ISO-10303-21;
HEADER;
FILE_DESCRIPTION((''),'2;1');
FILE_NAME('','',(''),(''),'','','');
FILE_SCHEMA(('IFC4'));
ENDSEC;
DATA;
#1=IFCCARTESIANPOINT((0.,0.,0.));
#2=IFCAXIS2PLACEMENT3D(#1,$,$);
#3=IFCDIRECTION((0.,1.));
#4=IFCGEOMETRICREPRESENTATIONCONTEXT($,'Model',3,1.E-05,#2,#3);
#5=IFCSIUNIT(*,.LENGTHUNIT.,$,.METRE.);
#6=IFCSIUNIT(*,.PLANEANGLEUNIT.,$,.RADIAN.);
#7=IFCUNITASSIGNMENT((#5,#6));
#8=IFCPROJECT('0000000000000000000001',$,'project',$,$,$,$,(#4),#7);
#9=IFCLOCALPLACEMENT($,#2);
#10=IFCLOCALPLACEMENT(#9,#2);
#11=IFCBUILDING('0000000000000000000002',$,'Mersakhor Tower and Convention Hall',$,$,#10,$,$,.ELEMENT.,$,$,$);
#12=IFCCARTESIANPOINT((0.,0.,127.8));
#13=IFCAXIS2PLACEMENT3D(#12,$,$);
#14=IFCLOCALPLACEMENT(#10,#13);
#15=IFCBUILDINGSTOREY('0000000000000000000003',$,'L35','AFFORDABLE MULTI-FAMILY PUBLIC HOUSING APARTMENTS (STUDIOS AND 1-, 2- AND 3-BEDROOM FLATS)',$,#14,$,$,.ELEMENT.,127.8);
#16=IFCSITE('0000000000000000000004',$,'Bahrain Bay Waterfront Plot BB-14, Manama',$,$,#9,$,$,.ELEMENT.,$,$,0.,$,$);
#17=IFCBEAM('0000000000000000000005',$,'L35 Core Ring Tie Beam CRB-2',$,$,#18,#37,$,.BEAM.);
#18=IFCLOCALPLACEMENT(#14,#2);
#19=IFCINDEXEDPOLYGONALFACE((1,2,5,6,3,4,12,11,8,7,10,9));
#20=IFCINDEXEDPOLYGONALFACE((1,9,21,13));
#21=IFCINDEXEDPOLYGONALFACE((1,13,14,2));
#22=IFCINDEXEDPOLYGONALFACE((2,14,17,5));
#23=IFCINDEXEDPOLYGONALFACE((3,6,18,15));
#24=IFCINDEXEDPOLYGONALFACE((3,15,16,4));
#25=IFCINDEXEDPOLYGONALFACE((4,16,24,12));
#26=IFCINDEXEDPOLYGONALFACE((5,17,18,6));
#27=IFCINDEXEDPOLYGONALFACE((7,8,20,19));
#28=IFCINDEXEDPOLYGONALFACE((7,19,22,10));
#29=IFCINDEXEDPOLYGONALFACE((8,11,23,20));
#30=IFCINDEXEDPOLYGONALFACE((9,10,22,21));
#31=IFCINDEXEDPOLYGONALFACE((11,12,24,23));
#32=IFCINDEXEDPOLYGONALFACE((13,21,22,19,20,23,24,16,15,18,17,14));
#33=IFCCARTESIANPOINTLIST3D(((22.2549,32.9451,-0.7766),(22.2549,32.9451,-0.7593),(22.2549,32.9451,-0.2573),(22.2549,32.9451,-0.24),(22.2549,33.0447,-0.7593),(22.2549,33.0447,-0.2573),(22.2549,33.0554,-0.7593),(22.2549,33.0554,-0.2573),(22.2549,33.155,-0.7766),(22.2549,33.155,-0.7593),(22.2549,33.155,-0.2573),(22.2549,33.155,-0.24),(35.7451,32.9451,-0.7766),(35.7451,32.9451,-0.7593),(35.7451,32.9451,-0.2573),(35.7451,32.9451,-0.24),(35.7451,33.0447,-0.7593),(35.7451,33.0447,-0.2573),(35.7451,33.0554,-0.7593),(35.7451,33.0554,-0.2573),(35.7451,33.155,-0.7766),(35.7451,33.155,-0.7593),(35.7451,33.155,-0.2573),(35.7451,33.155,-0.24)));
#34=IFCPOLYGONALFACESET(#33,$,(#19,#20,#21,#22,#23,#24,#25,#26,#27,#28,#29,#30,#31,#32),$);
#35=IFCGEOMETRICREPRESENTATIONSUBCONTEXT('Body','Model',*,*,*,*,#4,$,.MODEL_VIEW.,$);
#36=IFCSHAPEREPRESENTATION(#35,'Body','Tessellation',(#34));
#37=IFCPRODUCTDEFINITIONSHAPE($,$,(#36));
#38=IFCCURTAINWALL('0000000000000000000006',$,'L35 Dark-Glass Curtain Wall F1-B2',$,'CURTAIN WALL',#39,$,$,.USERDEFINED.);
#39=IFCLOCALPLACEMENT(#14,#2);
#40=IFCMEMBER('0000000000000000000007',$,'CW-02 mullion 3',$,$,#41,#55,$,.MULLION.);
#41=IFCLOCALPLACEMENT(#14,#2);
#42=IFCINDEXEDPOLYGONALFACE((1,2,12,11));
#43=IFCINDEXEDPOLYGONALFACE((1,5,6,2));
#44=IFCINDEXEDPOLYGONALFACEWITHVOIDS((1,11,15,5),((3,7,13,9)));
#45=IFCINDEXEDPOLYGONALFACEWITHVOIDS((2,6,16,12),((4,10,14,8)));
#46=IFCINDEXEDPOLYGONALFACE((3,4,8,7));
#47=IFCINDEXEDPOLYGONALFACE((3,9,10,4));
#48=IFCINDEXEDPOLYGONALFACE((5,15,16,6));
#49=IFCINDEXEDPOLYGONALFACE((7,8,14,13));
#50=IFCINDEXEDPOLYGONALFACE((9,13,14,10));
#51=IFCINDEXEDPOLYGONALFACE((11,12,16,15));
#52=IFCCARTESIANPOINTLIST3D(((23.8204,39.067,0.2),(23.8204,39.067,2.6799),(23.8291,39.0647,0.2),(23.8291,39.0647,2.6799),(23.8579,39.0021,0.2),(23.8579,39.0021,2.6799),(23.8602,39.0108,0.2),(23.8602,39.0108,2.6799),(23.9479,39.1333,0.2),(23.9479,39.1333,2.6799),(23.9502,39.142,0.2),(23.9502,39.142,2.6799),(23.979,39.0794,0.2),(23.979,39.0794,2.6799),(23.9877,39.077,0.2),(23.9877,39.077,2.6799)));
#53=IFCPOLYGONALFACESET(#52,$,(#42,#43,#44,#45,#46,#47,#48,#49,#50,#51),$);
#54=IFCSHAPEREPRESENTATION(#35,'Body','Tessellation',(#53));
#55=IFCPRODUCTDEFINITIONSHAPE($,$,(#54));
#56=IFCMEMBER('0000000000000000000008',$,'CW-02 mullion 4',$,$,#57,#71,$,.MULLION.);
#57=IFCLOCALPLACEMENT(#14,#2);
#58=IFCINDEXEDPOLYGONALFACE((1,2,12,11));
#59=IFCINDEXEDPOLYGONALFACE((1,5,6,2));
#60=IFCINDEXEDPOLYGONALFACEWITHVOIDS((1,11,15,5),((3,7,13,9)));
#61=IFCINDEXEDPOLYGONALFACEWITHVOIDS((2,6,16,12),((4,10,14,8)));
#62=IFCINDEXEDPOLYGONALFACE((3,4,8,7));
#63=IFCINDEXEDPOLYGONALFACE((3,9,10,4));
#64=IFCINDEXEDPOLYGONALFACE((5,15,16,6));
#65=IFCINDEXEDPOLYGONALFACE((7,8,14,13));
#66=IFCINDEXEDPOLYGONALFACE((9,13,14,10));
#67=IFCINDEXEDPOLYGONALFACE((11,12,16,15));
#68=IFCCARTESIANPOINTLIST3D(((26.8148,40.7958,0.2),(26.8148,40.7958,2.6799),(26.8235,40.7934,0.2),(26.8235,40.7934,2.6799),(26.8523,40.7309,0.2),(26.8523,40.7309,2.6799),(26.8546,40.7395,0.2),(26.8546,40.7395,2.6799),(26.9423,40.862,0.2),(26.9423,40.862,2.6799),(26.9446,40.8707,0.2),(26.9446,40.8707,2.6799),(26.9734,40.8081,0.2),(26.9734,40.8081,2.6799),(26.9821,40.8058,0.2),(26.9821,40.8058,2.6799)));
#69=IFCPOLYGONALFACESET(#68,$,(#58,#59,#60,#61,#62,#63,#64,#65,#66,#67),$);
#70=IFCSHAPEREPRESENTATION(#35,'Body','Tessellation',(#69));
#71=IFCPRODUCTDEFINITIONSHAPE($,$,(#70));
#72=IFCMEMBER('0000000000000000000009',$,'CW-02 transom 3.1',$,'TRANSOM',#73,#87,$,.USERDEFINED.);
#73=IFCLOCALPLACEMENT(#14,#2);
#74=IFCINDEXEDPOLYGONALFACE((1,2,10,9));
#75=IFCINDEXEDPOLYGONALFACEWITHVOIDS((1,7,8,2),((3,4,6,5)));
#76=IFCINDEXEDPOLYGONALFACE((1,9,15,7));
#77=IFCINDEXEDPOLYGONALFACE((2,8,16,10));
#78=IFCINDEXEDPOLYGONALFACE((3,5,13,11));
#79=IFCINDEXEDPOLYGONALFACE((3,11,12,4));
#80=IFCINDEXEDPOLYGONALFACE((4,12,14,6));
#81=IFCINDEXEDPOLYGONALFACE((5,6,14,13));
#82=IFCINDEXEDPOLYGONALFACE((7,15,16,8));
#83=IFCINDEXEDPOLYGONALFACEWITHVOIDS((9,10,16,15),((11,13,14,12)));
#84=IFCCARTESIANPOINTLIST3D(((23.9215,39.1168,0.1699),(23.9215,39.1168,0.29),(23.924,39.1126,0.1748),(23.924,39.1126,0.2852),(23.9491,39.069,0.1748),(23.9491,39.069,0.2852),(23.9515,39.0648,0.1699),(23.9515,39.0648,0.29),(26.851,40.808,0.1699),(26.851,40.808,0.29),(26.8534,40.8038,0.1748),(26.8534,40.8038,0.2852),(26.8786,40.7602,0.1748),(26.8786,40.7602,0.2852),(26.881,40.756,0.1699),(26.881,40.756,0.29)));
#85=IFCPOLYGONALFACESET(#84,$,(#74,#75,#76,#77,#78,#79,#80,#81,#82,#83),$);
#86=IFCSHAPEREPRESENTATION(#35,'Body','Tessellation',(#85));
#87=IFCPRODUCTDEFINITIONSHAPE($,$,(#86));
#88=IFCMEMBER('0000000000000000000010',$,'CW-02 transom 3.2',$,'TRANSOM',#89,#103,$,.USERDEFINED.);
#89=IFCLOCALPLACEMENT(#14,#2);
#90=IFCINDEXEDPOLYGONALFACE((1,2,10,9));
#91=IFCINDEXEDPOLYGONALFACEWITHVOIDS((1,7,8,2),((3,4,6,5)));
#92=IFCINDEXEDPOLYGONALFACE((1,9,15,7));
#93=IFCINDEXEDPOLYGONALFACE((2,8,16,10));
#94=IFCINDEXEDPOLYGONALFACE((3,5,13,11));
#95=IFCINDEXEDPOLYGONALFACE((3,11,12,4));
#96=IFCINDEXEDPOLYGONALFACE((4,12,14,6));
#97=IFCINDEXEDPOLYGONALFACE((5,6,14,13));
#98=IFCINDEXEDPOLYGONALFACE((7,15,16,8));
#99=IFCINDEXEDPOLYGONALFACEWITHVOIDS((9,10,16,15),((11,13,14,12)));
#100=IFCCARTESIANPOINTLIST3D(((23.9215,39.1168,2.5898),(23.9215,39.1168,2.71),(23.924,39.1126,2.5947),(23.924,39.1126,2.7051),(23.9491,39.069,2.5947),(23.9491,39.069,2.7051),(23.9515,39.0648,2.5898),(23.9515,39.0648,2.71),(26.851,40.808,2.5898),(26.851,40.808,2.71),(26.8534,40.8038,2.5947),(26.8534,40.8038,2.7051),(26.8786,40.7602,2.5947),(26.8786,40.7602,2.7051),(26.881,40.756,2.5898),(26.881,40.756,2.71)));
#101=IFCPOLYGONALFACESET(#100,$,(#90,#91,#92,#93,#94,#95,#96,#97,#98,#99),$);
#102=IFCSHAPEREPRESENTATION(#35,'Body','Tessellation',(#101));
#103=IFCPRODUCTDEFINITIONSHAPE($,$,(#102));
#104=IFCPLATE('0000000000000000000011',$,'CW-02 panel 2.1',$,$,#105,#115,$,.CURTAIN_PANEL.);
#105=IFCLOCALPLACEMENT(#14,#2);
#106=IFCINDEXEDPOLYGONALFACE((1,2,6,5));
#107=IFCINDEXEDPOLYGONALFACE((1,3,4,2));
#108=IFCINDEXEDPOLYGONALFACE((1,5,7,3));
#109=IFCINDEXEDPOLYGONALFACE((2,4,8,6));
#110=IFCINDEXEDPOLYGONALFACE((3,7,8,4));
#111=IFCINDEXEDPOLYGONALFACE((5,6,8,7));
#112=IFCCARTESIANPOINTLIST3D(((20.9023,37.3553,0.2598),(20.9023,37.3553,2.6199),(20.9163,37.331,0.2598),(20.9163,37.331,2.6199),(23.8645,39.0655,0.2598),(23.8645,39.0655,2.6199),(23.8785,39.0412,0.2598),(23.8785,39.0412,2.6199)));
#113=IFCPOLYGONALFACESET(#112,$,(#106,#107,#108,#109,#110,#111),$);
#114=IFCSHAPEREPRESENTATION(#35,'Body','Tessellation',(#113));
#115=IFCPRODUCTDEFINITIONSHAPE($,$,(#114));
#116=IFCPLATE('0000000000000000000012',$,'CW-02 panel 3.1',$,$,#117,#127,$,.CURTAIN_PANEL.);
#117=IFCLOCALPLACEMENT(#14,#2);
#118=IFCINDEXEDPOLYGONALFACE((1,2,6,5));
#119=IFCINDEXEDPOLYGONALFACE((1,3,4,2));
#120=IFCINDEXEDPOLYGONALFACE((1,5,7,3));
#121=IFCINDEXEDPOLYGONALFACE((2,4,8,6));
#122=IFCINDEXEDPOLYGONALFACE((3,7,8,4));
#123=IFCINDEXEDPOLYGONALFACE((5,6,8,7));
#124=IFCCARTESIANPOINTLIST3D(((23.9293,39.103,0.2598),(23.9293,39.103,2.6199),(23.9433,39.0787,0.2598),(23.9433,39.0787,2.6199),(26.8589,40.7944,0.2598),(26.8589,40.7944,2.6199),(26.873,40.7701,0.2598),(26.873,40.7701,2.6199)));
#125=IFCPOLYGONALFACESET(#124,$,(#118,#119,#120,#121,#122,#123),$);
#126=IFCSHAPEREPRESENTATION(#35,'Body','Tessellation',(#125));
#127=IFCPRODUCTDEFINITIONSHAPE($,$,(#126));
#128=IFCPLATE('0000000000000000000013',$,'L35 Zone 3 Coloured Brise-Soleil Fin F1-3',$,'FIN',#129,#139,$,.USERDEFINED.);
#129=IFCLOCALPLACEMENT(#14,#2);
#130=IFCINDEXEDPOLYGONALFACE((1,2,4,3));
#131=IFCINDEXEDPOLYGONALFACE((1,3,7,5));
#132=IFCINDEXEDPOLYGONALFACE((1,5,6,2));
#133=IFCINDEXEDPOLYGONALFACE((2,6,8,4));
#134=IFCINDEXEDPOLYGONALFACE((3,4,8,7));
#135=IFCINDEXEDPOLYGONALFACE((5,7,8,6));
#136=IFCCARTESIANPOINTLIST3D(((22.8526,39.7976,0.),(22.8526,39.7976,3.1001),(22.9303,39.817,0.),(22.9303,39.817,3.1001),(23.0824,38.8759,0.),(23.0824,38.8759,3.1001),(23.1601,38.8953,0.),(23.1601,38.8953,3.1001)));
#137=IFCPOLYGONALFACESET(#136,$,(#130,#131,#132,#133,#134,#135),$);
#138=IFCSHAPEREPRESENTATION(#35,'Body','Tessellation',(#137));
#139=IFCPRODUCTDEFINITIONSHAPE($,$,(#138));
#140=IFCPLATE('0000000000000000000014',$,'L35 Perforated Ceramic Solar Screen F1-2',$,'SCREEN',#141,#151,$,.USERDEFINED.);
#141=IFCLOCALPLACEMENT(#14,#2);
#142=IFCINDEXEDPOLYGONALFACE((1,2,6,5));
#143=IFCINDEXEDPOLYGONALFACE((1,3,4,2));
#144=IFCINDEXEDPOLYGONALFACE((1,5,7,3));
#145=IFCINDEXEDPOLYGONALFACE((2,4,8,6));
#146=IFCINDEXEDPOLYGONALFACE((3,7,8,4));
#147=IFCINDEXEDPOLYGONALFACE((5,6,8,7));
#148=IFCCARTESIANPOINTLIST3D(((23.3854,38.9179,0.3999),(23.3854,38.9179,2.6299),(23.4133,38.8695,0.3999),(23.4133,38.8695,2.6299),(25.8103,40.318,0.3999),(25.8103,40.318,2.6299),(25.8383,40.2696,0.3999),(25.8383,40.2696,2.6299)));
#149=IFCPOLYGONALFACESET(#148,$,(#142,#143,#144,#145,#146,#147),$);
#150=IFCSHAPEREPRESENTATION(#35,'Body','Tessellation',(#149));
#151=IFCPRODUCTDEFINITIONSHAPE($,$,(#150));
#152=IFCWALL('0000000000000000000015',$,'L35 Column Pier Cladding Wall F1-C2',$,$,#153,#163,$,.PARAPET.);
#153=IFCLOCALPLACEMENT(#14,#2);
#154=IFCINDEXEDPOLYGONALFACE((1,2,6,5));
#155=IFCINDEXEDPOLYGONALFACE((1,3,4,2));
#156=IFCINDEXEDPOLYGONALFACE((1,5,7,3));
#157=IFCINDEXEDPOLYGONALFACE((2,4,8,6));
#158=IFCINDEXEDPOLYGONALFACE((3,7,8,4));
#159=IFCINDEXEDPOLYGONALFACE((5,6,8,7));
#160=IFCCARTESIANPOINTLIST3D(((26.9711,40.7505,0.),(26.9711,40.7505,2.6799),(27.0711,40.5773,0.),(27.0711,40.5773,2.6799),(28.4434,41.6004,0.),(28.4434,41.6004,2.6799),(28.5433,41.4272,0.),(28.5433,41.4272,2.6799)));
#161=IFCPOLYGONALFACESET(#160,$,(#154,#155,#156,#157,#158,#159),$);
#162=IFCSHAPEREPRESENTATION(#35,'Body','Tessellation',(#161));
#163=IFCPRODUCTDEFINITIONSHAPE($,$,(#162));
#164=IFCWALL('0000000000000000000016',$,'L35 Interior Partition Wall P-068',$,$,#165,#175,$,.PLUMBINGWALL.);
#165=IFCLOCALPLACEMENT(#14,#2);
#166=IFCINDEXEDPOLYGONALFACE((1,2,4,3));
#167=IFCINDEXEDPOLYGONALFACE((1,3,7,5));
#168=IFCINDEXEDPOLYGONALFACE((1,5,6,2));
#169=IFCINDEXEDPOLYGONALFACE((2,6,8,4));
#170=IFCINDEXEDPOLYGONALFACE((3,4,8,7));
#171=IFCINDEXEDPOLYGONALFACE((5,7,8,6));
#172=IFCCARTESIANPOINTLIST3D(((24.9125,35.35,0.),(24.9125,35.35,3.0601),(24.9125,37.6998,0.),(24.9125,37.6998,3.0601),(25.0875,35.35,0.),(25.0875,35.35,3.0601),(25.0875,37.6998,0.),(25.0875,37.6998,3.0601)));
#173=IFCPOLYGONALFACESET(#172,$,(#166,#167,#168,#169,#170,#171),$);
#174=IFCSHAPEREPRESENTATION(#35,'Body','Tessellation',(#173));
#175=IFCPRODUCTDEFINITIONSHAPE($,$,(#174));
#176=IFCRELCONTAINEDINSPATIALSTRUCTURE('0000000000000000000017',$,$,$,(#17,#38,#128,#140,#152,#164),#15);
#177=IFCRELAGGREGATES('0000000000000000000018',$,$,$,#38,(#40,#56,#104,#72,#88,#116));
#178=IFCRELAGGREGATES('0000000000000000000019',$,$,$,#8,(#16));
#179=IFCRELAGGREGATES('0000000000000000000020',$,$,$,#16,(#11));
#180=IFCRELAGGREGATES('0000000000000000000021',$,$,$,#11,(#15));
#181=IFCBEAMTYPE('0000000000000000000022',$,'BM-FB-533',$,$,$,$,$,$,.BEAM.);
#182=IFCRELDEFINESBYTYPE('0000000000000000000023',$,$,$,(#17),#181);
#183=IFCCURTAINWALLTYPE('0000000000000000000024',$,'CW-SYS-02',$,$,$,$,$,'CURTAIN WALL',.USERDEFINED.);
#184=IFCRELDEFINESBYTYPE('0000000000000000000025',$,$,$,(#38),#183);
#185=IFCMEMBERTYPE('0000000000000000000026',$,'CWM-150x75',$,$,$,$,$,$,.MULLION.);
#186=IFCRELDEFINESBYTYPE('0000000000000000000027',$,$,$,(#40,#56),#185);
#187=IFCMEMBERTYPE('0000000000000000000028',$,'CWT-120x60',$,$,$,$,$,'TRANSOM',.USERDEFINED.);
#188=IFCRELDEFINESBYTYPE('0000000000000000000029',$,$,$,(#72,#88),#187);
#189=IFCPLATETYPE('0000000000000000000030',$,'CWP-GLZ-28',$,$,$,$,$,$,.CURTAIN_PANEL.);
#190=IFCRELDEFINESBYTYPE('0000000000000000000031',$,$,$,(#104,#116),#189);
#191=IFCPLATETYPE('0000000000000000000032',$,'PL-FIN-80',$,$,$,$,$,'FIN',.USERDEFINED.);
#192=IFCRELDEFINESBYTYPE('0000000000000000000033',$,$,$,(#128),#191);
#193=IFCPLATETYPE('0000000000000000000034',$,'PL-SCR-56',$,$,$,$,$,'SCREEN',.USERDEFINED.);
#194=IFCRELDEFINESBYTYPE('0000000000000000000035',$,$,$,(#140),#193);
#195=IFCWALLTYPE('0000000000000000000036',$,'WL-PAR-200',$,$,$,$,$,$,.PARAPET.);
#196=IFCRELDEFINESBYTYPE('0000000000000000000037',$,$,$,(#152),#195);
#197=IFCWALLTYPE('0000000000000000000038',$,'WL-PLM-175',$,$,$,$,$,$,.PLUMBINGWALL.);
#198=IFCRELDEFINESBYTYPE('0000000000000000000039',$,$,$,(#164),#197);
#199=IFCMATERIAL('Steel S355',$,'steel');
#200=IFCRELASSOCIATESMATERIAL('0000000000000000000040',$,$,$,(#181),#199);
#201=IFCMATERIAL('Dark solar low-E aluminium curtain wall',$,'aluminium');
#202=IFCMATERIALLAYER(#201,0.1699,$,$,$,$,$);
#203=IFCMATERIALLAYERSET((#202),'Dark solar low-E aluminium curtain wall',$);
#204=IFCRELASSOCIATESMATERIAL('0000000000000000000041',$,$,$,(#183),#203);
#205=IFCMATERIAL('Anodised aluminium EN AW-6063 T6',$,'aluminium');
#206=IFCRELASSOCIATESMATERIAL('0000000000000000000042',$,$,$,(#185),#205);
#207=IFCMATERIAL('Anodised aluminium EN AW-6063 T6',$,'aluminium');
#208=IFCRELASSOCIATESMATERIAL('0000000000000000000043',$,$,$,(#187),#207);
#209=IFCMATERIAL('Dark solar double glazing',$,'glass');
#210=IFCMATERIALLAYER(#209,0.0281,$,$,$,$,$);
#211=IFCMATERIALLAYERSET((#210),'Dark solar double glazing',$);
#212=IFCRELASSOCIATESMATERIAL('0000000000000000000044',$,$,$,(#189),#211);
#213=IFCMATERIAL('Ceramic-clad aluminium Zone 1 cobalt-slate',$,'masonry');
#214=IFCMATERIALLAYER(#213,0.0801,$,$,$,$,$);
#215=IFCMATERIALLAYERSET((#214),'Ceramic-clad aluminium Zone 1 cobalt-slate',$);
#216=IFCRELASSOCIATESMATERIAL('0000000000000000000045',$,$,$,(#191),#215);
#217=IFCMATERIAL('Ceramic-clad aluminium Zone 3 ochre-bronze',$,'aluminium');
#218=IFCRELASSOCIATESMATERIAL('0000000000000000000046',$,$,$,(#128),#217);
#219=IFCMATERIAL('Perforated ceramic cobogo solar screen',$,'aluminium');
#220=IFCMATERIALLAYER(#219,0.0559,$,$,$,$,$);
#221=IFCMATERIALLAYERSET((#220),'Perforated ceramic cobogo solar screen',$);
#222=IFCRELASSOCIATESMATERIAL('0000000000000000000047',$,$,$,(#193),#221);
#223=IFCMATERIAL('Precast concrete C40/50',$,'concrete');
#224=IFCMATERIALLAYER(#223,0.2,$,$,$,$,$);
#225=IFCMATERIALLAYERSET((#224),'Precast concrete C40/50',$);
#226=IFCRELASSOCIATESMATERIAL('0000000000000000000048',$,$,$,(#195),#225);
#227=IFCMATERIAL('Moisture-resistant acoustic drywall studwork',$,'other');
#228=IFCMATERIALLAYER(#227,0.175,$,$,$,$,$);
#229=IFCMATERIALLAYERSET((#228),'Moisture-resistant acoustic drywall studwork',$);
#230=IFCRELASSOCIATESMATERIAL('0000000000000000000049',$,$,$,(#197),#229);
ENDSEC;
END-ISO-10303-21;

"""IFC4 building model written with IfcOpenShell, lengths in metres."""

from ifc_helpers import new_model, si_unit, direction, frame, frame_2d, origin, origin_2d, place, context, subcontext, project, spatial, rectangle, hollow_rectangle, i_section, extrude, material, layer, layer_set, material_profile, profile_set, type_object, element, aggregate, save


model = new_model("IFC4")

# Units and contexts
model_context = context("Model", 3, precision=1e-05, world=origin(), true_north=direction((0.0, 1.0)))
body_context = subcontext(model_context, "Body", "Model", "MODEL_VIEW")
ifc_project = project(units=[si_unit("LENGTHUNIT", "METRE"), si_unit("PLANEANGLEUNIT", "RADIAN")], contexts=[model_context])

# Site, building, storey
site_placement = place(None, origin())
site = spatial("IfcSite", under=ifc_project, at=site_placement, Name="Bahrain Bay Waterfront Plot BB-14, Manama", CompositionType="ELEMENT", RefElevation=0.0)
building_placement = place(site_placement, origin())
building = spatial("IfcBuilding", under=site, at=building_placement, Name="Mersakhor Tower and Convention Hall", CompositionType="ELEMENT")
storey_placement = place(building_placement, frame((0.0, 0.0, 127.8)))
storey = spatial("IfcBuildingStorey", under=building, at=storey_placement, Name="L35", Description="AFFORDABLE MULTI-FAMILY PUBLIC HOUSING APARTMENTS (STUDIOS AND 1-, 2- AND 3-BEDROOM FLATS)", CompositionType="ELEMENT", Elevation=127.8)

# Beam
ifc_material_1 = material(Name="Steel S355", Category="steel")
ifc_material_profile_1 = material_profile(ifc_material_1, i_section(OverallWidth=0.21, OverallDepth=0.5366, WebThickness=0.0107, FlangeThickness=0.0173, at=origin_2d()), Name="UB 533x210x101")
ifc_profile_set_1 = profile_set([ifc_material_profile_1], Name="Steel S355")
beam_type = type_object("IfcBeamType", Name="BM-FB-533", PredefinedType="BEAM", material=ifc_profile_set_1)
beam_placement = place(storey_placement, frame((22.2549, 33.05, -0.5083), z_axis=(1.0, 0.0, 0.0), x_axis=(0.0, 1.0, 0.0)))
element("IfcBeam", 1, at=beam_placement, inside=storey, type_object=beam_type, Name="L35 Core Ring Tie Beam CRB-2", PredefinedType="BEAM", context=body_context, shape_type="SweptSolid", body=[
    extrude(i_section(OverallWidth=0.21, OverallDepth=0.5366, WebThickness=0.0107, FlangeThickness=0.0173, at=origin_2d()), origin(), (0.0, 0.0, 1.0), 13.4902),
])

# Curtain wall, members, plates
ifc_material_2 = material(Name="Dark solar low-E aluminium curtain wall", Category="aluminium")
ifc_layer_1 = layer(ifc_material_2, 0.1699)
ifc_layer_set_1 = layer_set([ifc_layer_1], Name="Dark solar low-E aluminium curtain wall")
curtain_wall_type = type_object("IfcCurtainWallType", Name="CW-SYS-02", ElementType="CURTAIN WALL", PredefinedType="USERDEFINED", material=ifc_layer_set_1)
curtain_wall_placement = place(storey_placement, origin())
curtain_wall = element("IfcCurtainWall", 2, at=curtain_wall_placement, inside=storey, type_object=curtain_wall_type, Name="L35 Dark-Glass Curtain Wall F1-B2", ObjectType="CURTAIN WALL", PredefinedType="USERDEFINED")
ifc_material_3 = material(Name="Anodised aluminium EN AW-6063 T6", Category="aluminium")
ifc_material_profile_2 = material_profile(ifc_material_3, hollow_rectangle(XDim=0.075, YDim=0.1499, WallThickness=0.0063, at=origin_2d()), Name="RHS 150x75x6.3")
ifc_profile_set_2 = profile_set([ifc_material_profile_2], Name="Anodised aluminium EN AW-6063 T6")
member_type_1 = type_object("IfcMemberType", Name="CWM-150x75", PredefinedType="MULLION", material=ifc_profile_set_2)
member_1_placement = place(storey_placement, frame((23.9041, 39.072, 0.2), z_axis=(0.0, 0.0, 1.0), x_axis=(-0.49999, 0.866031, 0.0)))
member_1 = element("IfcMember", 3, at=member_1_placement, type_object=member_type_1, Name="CW-02 mullion 3", PredefinedType="MULLION", context=body_context, shape_type="SweptSolid", body=[
    extrude(hollow_rectangle(XDim=0.075, YDim=0.1499, WallThickness=0.0063, at=origin_2d()), origin(), (0.0, 0.0, 1.0), 2.48),
])
member_2_placement = place(storey_placement, frame((26.8984, 40.8008, 0.2), z_axis=(0.0, 0.0, 1.0), x_axis=(-0.49999, 0.866031, 0.0)))
member_2 = element("IfcMember", 4, at=member_2_placement, type_object=member_type_1, Name="CW-02 mullion 4", PredefinedType="MULLION", context=body_context, shape_type="SweptSolid", body=[
    extrude(hollow_rectangle(XDim=0.075, YDim=0.1499, WallThickness=0.0063, at=origin_2d()), origin(), (0.0, 0.0, 1.0), 2.48),
])
ifc_material_4 = material(Name="Anodised aluminium EN AW-6063 T6", Category="aluminium")
ifc_material_profile_3 = material_profile(ifc_material_4, hollow_rectangle(XDim=0.0601, YDim=0.1201, WallThickness=0.0049, at=origin_2d()), Name="RHS 120x60x5")
ifc_profile_set_3 = profile_set([ifc_material_profile_3], Name="Anodised aluminium EN AW-6063 T6")
member_type_2 = type_object("IfcMemberType", Name="CWT-120x60", ElementType="TRANSOM", PredefinedType="USERDEFINED", material=ifc_profile_set_3)
member_3_placement = place(storey_placement, frame((23.9365, 39.0908, 0.23), z_axis=(0.866045, 0.499966, 0.0), x_axis=(-0.499966, 0.866045, 0.0)))
member_3 = element("IfcMember", 5, at=member_3_placement, type_object=member_type_2, Name="CW-02 transom 3.1", ObjectType="TRANSOM", PredefinedType="USERDEFINED", context=body_context, shape_type="SweptSolid", body=[
    extrude(hollow_rectangle(XDim=0.0601, YDim=0.1201, WallThickness=0.0049, at=origin_2d()), origin(), (0.0, 0.0, 1.0), 3.3826),
])
member_4_placement = place(storey_placement, frame((23.9365, 39.0908, 2.6499), z_axis=(0.866045, 0.499966, 0.0), x_axis=(-0.499966, 0.866045, 0.0)))
member_4 = element("IfcMember", 6, at=member_4_placement, type_object=member_type_2, Name="CW-02 transom 3.2", ObjectType="TRANSOM", PredefinedType="USERDEFINED", context=body_context, shape_type="SweptSolid", body=[
    extrude(hollow_rectangle(XDim=0.0601, YDim=0.1201, WallThickness=0.0049, at=origin_2d()), origin(), (0.0, 0.0, 1.0), 3.3826),
])
ifc_material_5 = material(Name="Dark solar double glazing", Category="glass")
ifc_layer_2 = layer(ifc_material_5, 0.0281)
ifc_layer_set_2 = layer_set([ifc_layer_2], Name="Dark solar double glazing")
plate_type_1 = type_object("IfcPlateType", Name="CWP-GLZ-28", PredefinedType="CURTAIN_PANEL", material=ifc_layer_set_2)
plate_1_placement = place(storey_placement, frame((22.3904, 38.1982, 0.2598), z_axis=(0.0, 0.0, 1.0), x_axis=(0.866031, 0.49999, 0.0)))
plate_1 = element("IfcPlate", 7, at=plate_1_placement, type_object=plate_type_1, Name="CW-02 panel 2.1", PredefinedType="CURTAIN_PANEL", context=body_context, shape_type="SweptSolid", body=[
    extrude(rectangle(XDim=3.4204, YDim=0.0281, at=origin_2d()), origin(), (0.0, 0.0, 1.0), 2.3601),
])
plate_2_placement = place(storey_placement, frame((25.4011, 39.9365, 0.2598), z_axis=(0.0, 0.0, 1.0), x_axis=(0.866031, 0.49999, 0.0)))
plate_2 = element("IfcPlate", 8, at=plate_2_placement, type_object=plate_type_1, Name="CW-02 panel 3.1", PredefinedType="CURTAIN_PANEL", context=body_context, shape_type="SweptSolid", body=[
    extrude(rectangle(XDim=3.3828, YDim=0.0281, at=origin_2d()), origin(), (0.0, 0.0, 1.0), 2.3601),
])
aggregate(curtain_wall, [member_1, member_2, plate_1, member_3, member_4, plate_2])

# Plates
ifc_material_6 = material(Name="Ceramic-clad aluminium Zone 3 ochre-bronze", Category="aluminium")
ifc_material_7 = material(Name="Ceramic-clad aluminium Zone 1 cobalt-slate", Category="masonry")
ifc_layer_3 = layer(ifc_material_7, 0.0801)
ifc_layer_set_3 = layer_set([ifc_layer_3], Name="Ceramic-clad aluminium Zone 1 cobalt-slate")
plate_type_2 = type_object("IfcPlateType", Name="PL-FIN-80", ElementType="FIN", PredefinedType="USERDEFINED", material=ifc_layer_set_3)
plate_3_placement = place(storey_placement, frame((23.0063, 39.3464, 0.0), z_axis=(0.0, 0.0, 1.0), x_axis=(-0.241922, 0.970296, 0.0)))
element("IfcPlate", 9, at=plate_3_placement, inside=storey, type_object=plate_type_2, material=ifc_material_6, Name="L35 Zone 3 Coloured Brise-Soleil Fin F1-3", ObjectType="FIN", PredefinedType="USERDEFINED", context=body_context, shape_type="SweptSolid", body=[
    extrude(rectangle(XDim=0.95, YDim=0.0801, at=origin_2d()), origin(), (0.0, 0.0, 1.0), 3.1001),
])
ifc_material_8 = material(Name="Perforated ceramic cobogo solar screen", Category="aluminium")
ifc_layer_4 = layer(ifc_material_8, 0.0559)
ifc_layer_set_4 = layer_set([ifc_layer_4], Name="Perforated ceramic cobogo solar screen")
plate_type_3 = type_object("IfcPlateType", Name="PL-SCR-56", ElementType="SCREEN", PredefinedType="USERDEFINED", material=ifc_layer_set_4)
plate_4_placement = place(storey_placement, frame((24.6118, 39.5938, 0.3999), z_axis=(0.0, 0.0, 1.0), x_axis=(0.866025, 0.5, 0.0)))
element("IfcPlate", 10, at=plate_4_placement, inside=storey, type_object=plate_type_3, Name="L35 Perforated Ceramic Solar Screen F1-2", ObjectType="SCREEN", PredefinedType="USERDEFINED", context=body_context, shape_type="SweptSolid", body=[
    extrude(rectangle(XDim=2.8, YDim=0.0559, at=origin_2d()), origin(), (0.0, 0.0, 1.0), 2.23),
])

# Walls
ifc_material_9 = material(Name="Precast concrete C40/50", Category="concrete")
ifc_layer_5 = layer(ifc_material_9, 0.2)
ifc_layer_set_5 = layer_set([ifc_layer_5], Name="Precast concrete C40/50")
wall_type_1 = type_object("IfcWallType", Name="WL-PAR-200", PredefinedType="PARAPET", material=ifc_layer_set_5)
wall_1_placement = place(storey_placement, frame((27.021, 40.6638, 0.0), z_axis=(0.0, 0.0, 1.0), x_axis=(0.866052, 0.499955, 0.0)))
element("IfcWall", 11, at=wall_1_placement, inside=storey, type_object=wall_type_1, Name="L35 Column Pier Cladding Wall F1-C2", PredefinedType="PARAPET", context=body_context, shape_type="SweptSolid", body=[
    extrude(rectangle(XDim=1.7, YDim=0.2, at=frame_2d((0.8501, 0.0))), origin(), (0.0, 0.0, 1.0), 2.6799),
])
ifc_material_10 = material(Name="Moisture-resistant acoustic drywall studwork", Category="other")
ifc_layer_6 = layer(ifc_material_10, 0.175)
ifc_layer_set_6 = layer_set([ifc_layer_6], Name="Moisture-resistant acoustic drywall studwork")
wall_type_2 = type_object("IfcWallType", Name="WL-PLM-175", PredefinedType="PLUMBINGWALL", material=ifc_layer_set_6)
wall_2_placement = place(storey_placement, frame((25.0, 35.3501, 0.0), z_axis=(0.0, 0.0, 1.0), x_axis=(0.0, 1.0, 0.0)))
element("IfcWall", 12, at=wall_2_placement, inside=storey, type_object=wall_type_2, Name="L35 Interior Partition Wall P-068", PredefinedType="PLUMBINGWALL", context=body_context, shape_type="SweptSolid", body=[
    extrude(rectangle(XDim=2.3499, YDim=0.175, at=frame_2d((1.1748, 0.0))), origin(), (0.0, 0.0, 1.0), 3.0601),
])

save(model, "model.ifc")
